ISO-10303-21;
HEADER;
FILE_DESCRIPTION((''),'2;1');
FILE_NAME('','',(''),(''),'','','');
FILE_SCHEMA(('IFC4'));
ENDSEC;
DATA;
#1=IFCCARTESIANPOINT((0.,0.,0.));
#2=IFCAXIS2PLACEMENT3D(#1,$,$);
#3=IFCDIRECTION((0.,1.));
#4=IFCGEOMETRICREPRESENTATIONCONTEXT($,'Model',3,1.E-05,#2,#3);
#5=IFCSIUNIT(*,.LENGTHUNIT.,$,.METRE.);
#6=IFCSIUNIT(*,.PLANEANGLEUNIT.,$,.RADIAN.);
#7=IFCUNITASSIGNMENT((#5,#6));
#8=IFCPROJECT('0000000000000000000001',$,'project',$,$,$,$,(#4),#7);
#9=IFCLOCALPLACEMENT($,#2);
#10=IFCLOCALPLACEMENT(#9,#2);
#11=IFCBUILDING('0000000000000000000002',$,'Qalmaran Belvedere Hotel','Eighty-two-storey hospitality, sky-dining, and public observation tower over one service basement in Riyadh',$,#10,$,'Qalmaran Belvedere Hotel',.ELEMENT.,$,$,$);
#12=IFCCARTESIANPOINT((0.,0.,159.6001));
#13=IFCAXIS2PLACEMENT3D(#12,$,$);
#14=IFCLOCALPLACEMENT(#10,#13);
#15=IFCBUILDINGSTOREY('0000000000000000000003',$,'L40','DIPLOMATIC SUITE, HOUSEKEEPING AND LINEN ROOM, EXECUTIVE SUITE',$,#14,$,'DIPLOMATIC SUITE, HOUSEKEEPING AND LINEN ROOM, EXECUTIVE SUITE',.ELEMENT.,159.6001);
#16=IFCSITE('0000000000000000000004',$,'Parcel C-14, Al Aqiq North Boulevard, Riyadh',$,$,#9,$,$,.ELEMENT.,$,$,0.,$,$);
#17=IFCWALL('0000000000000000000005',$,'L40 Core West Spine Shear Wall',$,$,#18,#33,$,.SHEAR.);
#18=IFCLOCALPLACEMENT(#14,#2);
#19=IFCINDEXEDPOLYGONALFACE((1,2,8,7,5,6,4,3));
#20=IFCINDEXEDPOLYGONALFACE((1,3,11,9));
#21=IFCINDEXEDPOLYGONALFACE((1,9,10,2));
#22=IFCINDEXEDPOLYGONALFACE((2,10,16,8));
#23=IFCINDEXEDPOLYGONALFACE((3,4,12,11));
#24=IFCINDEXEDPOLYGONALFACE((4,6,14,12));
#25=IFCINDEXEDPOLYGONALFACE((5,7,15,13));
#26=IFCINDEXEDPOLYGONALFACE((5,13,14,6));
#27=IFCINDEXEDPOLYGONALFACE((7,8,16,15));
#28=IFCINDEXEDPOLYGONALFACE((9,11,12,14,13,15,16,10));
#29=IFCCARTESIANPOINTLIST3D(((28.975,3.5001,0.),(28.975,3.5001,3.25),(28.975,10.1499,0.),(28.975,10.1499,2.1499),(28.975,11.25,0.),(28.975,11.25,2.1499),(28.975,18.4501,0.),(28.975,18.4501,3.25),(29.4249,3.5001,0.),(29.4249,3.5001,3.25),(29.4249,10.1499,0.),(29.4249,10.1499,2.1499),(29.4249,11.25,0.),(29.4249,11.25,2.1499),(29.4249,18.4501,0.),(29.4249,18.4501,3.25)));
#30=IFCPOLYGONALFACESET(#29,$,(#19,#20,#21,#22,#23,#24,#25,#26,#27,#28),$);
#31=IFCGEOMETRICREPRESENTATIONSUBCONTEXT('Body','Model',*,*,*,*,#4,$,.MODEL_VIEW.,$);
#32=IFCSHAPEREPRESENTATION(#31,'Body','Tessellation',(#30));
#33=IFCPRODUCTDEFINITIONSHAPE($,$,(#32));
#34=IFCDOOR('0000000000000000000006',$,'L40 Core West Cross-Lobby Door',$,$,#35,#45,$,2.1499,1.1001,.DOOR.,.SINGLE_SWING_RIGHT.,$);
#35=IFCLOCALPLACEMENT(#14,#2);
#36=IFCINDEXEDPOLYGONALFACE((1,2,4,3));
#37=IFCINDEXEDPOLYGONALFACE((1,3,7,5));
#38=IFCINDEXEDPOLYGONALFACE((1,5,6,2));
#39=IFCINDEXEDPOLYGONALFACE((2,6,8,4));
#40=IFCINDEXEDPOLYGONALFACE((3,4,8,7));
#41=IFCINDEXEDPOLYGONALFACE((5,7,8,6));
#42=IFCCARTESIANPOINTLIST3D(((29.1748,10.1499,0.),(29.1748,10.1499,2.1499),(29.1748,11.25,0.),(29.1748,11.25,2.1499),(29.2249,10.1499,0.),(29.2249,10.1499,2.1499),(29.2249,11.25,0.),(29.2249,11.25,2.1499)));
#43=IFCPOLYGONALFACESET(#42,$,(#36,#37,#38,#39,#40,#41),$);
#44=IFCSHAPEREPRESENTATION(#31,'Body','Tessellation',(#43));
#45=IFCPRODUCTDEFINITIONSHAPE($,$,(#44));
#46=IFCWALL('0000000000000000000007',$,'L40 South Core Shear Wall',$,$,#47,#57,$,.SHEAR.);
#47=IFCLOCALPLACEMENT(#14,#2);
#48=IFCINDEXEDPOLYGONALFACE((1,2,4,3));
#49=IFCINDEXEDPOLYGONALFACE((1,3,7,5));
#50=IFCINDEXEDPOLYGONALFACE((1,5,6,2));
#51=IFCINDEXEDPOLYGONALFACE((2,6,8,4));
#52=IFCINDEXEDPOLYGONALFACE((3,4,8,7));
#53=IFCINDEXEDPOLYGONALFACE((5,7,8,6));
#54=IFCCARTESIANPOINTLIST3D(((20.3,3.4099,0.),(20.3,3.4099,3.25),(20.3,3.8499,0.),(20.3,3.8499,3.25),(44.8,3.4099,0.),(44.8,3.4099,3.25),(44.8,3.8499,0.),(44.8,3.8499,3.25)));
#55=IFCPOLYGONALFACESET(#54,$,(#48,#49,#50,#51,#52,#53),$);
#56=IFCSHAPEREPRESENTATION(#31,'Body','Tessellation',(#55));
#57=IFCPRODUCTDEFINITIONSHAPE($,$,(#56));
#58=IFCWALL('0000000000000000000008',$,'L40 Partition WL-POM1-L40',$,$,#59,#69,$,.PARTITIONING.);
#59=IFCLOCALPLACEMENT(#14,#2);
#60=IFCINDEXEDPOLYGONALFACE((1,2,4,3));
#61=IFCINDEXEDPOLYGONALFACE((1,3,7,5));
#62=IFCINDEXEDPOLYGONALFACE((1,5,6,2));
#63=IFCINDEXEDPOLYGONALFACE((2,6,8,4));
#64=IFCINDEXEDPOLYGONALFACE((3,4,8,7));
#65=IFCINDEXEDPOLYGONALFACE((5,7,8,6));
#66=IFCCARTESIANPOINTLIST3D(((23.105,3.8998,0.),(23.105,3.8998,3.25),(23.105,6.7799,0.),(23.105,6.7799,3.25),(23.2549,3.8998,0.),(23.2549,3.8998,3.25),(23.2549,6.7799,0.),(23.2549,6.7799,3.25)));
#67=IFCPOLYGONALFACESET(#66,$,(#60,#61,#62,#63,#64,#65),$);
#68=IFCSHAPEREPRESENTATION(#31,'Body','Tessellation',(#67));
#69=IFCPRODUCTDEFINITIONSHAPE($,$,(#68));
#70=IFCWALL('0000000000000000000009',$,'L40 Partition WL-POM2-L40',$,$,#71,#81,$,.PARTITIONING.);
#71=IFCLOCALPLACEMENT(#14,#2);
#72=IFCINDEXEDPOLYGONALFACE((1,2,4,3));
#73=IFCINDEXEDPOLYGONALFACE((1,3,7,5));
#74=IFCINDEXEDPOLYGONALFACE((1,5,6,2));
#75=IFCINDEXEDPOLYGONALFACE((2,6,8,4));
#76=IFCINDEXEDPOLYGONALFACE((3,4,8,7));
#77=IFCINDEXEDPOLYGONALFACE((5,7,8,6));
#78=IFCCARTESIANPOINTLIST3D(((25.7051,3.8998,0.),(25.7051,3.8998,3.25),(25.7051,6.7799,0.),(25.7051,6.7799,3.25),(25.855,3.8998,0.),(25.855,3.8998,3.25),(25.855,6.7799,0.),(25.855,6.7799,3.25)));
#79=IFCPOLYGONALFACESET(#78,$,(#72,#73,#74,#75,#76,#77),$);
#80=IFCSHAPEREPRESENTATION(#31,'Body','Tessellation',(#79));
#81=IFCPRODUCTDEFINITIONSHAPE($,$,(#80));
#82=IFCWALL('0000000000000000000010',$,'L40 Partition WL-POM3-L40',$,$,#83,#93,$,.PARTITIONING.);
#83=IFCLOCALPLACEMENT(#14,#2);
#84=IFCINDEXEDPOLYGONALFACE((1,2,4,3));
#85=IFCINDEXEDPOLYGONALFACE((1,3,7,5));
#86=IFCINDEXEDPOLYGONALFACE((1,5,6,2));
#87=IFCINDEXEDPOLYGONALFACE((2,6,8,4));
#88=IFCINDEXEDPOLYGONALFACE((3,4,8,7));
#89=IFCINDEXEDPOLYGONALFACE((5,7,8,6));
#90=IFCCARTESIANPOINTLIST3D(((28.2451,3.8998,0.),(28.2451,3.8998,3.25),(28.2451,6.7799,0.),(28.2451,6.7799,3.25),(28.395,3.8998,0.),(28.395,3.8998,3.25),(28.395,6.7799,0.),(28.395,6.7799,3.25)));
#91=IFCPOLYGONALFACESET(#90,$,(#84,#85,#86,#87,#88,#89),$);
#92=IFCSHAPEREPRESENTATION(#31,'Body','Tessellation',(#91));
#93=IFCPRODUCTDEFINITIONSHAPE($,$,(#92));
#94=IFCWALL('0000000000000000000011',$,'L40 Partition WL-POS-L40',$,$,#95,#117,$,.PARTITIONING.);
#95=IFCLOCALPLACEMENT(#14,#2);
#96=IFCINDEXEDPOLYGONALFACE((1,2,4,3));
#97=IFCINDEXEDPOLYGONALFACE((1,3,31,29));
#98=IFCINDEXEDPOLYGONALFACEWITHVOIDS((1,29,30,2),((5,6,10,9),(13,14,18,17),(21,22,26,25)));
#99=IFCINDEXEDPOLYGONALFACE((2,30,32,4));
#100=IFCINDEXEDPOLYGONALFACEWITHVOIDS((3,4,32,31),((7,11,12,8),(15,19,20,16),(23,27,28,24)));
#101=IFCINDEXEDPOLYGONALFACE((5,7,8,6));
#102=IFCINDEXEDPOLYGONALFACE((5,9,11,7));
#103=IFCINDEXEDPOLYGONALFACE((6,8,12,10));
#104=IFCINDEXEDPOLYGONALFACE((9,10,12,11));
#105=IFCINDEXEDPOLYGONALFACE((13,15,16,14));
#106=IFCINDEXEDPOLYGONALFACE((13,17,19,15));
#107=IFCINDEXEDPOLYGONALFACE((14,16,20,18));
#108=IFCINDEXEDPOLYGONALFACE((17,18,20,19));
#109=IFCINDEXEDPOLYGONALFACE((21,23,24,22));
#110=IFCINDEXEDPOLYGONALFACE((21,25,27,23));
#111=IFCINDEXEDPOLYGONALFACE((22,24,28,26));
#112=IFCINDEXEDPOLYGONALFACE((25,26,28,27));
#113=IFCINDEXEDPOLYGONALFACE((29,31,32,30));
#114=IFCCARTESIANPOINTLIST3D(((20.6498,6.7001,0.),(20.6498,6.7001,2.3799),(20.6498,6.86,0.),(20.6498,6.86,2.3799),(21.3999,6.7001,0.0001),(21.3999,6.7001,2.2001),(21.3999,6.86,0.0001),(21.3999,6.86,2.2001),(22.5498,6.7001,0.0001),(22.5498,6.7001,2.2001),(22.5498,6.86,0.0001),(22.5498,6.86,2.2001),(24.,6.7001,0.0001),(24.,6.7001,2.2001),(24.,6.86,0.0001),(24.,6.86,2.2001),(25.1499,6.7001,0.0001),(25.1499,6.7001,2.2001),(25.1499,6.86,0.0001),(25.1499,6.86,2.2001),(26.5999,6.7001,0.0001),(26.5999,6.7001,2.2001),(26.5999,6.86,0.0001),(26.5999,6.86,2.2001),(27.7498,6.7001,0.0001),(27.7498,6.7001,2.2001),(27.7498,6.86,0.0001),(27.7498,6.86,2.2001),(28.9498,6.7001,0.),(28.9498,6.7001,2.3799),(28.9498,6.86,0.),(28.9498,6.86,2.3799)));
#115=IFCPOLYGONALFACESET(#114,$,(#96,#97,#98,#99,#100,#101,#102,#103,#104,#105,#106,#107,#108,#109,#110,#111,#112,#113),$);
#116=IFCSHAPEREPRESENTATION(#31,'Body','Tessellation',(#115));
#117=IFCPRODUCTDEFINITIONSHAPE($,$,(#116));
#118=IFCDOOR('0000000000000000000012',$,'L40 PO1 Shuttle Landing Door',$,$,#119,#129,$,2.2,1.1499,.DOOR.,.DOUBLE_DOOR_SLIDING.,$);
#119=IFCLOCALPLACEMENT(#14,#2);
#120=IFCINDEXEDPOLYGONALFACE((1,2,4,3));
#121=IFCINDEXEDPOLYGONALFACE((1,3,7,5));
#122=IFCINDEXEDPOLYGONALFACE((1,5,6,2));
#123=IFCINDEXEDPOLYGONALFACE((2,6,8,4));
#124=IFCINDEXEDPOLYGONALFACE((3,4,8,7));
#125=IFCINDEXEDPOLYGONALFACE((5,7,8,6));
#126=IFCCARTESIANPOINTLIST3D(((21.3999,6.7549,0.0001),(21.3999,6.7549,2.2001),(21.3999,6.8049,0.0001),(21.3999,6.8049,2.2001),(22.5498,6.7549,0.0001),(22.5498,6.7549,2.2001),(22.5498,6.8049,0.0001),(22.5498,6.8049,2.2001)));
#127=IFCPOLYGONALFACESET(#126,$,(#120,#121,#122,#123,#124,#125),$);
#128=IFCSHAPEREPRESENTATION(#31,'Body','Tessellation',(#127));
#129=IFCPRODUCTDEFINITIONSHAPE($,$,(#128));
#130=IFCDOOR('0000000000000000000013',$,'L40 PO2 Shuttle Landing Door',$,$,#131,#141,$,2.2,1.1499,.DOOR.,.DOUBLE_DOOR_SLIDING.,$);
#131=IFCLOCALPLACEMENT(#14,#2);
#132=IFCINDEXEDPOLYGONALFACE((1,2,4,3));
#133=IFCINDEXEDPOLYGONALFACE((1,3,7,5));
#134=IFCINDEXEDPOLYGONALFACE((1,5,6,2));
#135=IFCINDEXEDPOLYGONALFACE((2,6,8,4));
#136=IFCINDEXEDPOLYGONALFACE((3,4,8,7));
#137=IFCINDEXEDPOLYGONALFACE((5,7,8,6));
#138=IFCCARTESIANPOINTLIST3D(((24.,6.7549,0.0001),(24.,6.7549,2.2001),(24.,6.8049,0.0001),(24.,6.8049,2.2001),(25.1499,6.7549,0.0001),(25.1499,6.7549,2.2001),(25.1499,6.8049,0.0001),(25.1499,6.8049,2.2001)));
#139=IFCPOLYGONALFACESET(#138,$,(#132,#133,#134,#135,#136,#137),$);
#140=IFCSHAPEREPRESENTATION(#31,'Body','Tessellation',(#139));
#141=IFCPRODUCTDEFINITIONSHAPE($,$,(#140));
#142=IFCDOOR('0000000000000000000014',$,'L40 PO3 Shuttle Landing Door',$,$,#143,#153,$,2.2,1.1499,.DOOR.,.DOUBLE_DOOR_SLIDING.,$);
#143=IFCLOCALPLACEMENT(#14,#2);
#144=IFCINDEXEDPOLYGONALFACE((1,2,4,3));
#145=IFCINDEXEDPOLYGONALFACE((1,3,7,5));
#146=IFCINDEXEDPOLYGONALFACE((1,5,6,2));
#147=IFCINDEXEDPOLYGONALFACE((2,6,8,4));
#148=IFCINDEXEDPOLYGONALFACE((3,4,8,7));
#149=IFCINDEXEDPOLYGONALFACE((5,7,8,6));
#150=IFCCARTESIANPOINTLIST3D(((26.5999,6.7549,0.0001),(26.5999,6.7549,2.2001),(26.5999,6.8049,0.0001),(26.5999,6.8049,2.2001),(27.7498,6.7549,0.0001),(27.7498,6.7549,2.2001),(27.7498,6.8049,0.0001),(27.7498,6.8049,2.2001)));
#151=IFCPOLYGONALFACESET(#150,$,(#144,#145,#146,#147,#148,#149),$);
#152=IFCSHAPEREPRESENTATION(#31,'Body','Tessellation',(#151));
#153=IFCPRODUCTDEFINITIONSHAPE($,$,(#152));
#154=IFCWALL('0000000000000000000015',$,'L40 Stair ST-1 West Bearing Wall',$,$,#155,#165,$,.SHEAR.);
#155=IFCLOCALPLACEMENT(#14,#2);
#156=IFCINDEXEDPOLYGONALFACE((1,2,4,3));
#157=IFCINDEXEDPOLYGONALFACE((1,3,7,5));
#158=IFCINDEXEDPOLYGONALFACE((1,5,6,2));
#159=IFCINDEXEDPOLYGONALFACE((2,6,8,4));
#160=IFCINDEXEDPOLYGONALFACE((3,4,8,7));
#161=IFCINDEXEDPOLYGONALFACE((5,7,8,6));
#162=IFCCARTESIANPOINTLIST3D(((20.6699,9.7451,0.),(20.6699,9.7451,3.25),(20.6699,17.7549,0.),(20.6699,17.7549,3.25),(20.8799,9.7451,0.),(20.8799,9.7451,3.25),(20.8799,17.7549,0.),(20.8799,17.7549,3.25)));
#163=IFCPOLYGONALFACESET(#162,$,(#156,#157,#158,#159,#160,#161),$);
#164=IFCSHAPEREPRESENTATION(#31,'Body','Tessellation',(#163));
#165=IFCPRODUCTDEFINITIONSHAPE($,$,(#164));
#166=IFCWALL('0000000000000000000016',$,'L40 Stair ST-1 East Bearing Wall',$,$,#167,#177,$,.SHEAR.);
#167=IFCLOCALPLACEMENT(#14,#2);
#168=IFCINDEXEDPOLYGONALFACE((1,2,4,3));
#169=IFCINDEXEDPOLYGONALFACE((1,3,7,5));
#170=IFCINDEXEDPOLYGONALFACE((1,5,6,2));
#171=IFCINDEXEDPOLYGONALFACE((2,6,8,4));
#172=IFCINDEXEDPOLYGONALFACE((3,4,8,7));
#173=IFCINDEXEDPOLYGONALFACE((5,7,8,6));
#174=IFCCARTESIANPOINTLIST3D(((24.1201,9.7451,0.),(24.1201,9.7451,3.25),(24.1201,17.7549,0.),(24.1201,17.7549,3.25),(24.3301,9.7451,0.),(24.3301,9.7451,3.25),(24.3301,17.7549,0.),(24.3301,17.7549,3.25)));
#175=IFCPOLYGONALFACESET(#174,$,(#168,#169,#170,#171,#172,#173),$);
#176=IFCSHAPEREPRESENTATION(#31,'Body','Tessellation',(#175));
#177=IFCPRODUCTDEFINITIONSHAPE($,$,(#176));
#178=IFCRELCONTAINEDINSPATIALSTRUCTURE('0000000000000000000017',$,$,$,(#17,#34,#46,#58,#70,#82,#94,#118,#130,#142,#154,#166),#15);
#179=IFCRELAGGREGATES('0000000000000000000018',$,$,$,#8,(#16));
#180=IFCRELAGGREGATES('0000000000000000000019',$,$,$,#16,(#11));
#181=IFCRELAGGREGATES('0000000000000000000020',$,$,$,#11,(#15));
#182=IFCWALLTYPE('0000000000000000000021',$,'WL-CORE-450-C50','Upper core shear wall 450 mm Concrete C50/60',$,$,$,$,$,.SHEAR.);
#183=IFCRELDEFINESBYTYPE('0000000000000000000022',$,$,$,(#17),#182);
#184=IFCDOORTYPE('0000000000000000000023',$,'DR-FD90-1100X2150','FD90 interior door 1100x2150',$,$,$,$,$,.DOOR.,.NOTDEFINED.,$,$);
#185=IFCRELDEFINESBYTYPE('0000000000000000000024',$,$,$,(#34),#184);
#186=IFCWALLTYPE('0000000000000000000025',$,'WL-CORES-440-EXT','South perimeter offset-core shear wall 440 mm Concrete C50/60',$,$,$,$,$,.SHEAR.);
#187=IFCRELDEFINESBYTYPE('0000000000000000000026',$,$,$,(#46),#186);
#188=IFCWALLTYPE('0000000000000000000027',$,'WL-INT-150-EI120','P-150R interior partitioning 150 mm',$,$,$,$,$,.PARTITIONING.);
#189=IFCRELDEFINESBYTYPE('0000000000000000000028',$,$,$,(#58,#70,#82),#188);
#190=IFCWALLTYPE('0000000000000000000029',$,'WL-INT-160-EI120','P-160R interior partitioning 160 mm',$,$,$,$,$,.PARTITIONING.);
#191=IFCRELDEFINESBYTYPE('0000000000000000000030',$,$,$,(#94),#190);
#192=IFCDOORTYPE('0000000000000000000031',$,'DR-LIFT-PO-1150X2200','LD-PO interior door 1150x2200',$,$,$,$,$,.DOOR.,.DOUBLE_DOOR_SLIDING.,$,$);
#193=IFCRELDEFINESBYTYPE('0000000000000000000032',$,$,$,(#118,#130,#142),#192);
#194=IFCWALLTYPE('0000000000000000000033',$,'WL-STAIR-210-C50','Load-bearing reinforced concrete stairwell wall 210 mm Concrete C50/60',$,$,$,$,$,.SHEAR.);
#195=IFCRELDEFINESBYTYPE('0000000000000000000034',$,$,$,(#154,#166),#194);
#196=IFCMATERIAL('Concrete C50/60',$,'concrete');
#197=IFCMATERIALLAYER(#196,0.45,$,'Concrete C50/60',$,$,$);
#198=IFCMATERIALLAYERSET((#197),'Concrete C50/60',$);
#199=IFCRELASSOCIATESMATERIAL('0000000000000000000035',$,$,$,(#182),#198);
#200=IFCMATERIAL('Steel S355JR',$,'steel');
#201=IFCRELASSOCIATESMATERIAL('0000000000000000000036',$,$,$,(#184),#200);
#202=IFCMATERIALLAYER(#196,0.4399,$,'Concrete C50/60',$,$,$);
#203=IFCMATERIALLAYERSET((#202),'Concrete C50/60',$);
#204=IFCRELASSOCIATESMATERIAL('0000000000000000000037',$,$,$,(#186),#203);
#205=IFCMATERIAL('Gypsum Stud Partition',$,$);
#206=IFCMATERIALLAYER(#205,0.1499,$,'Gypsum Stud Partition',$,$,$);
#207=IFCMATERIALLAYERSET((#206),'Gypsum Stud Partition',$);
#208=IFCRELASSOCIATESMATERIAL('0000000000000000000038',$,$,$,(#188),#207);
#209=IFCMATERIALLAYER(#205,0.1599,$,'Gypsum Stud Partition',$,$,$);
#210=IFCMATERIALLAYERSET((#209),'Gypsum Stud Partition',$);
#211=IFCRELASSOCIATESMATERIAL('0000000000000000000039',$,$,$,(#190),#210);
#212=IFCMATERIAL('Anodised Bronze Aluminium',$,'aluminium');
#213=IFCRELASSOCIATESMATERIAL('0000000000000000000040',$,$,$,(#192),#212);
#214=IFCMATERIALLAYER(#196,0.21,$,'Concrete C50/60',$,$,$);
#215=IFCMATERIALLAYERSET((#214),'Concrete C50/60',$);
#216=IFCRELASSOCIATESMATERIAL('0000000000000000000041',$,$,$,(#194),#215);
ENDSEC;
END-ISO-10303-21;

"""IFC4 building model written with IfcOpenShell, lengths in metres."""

from ifc_helpers import new_model, si_unit, direction, frame, frame_2d, origin, place, context, subcontext, project, spatial, rectangle, extrude, material, layer, layer_set, type_object, element, fill, save


model = new_model("IFC4")

# Units and contexts
model_context = context("Model", 3, precision=1e-05, world=origin(), true_north=direction((0.0, 1.0)))
body_context = subcontext(model_context, "Body", "Model", "MODEL_VIEW")
ifc_project = project(units=[si_unit("LENGTHUNIT", "METRE"), si_unit("PLANEANGLEUNIT", "RADIAN")], contexts=[model_context])

# Site, building, storey
site_placement = place(None, origin())
site = spatial("IfcSite", under=ifc_project, at=site_placement, Name="Parcel C-14, Al Aqiq North Boulevard, Riyadh", CompositionType="ELEMENT", RefElevation=0.0)
building_placement = place(site_placement, origin())
building = spatial("IfcBuilding", under=site, at=building_placement, Name="Qalmaran Belvedere Hotel", Description="Eighty-two-storey hospitality, sky-dining, and public observation tower over one service basement in Riyadh", LongName="Qalmaran Belvedere Hotel", CompositionType="ELEMENT")
storey_placement = place(building_placement, frame((0.0, 0.0, 159.6001)))
storey = spatial("IfcBuildingStorey", under=building, at=storey_placement, Name="L40", Description="DIPLOMATIC SUITE, HOUSEKEEPING AND LINEN ROOM, EXECUTIVE SUITE", LongName="DIPLOMATIC SUITE, HOUSEKEEPING AND LINEN ROOM, EXECUTIVE SUITE", CompositionType="ELEMENT", Elevation=159.6001)

# Shared definitions
ifc_material_1 = material(Name="Concrete C50/60", Category="concrete")

# Shared definitions
ifc_material_2 = material(Name="Steel S355JR", Category="steel")

# Shared definitions
ifc_material_3 = material(Name="Anodised Bronze Aluminium", Category="aluminium")

# Shared definitions
ifc_layer_1 = layer(ifc_material_1, 0.45, Name="Concrete C50/60")
ifc_layer_set_1 = layer_set([ifc_layer_1], Name="Concrete C50/60")
wall_type_1 = type_object("IfcWallType", Name="WL-CORE-450-C50", Description="Upper core shear wall 450 mm Concrete C50/60", PredefinedType="SHEAR", material=ifc_layer_set_1)

# Wall, opening, door
wall_1_placement = place(storey_placement, frame((29.2, 3.5, 0.0), z_axis=(0.0, 0.0, 1.0), x_axis=(0.0, 1.0, 0.0)))
wall_1 = element("IfcWall", 1, at=wall_1_placement, inside=storey, type_object=wall_type_1, Name="L40 Core West Spine Shear Wall", PredefinedType="SHEAR", context=body_context, shape_type="SweptSolid", body=[
    extrude(rectangle(XDim=14.95, YDim=0.45, at=frame_2d((7.4751, 0.0))), origin(), (0.0, 0.0, 1.0), 3.25),
])
opening_1_placement = place(wall_1_placement, frame((7.75, 0.0, 0.0), z_axis=(0.0, 0.0, 1.0), x_axis=(-1.0, 0.0, 0.0)))
opening_1 = element("IfcOpeningElement", 2, at=opening_1_placement, cuts=wall_1, PredefinedType="OPENING", context=body_context, shape_type="SweptSolid", body=[
    extrude(rectangle(XDim=1.1001, YDim=2.1499, at=frame_2d((0.55, 1.075))), frame((0.0, 0.2349, 0.0), z_axis=(0.0, -1.0, 0.0), x_axis=(1.0, 0.0, 0.0)), (0.0, 0.0, 1.0), 0.47),
])
door_type_1 = type_object("IfcDoorType", Name="DR-FD90-1100X2150", Description="FD90 interior door 1100x2150", OperationType="NOTDEFINED", PredefinedType="DOOR", material=ifc_material_2)
door_1_placement = place(opening_1_placement, origin())
door_1 = element("IfcDoor", 3, at=door_1_placement, inside=storey, type_object=door_type_1, Name="L40 Core West Cross-Lobby Door", OperationType="SINGLE_SWING_RIGHT", OverallHeight=2.1499, OverallWidth=1.1001, PredefinedType="DOOR", context=body_context, shape_type="SweptSolid", body=[
    extrude(rectangle(XDim=1.1001, YDim=2.1499, at=frame_2d((0.55, 1.075))), frame((0.0, 0.0249, 0.0), z_axis=(0.0, -1.0, 0.0), x_axis=(1.0, 0.0, 0.0)), (0.0, 0.0, 1.0), 0.05),
])
fill(opening_1, door_1)

# Walls
ifc_layer_2 = layer(ifc_material_1, 0.4399, Name="Concrete C50/60")
ifc_layer_set_2 = layer_set([ifc_layer_2], Name="Concrete C50/60")
wall_type_2 = type_object("IfcWallType", Name="WL-CORES-440-EXT", Description="South perimeter offset-core shear wall 440 mm Concrete C50/60", PredefinedType="SHEAR", material=ifc_layer_set_2)
wall_2_placement = place(storey_placement, frame((20.3, 3.6299, 0.0), z_axis=(0.0, 0.0, 1.0), x_axis=(1.0, 0.0, 0.0)))
element("IfcWall", 4, at=wall_2_placement, inside=storey, type_object=wall_type_2, Name="L40 South Core Shear Wall", PredefinedType="SHEAR", context=body_context, shape_type="SweptSolid", body=[
    extrude(rectangle(XDim=24.5, YDim=0.4399, at=frame_2d((12.25, 0.0))), origin(), (0.0, 0.0, 1.0), 3.25),
])
ifc_material_4 = material(Name="Gypsum Stud Partition")
ifc_layer_3 = layer(ifc_material_4, 0.1499, Name="Gypsum Stud Partition")
ifc_layer_set_3 = layer_set([ifc_layer_3], Name="Gypsum Stud Partition")
wall_type_3 = type_object("IfcWallType", Name="WL-INT-150-EI120", Description="P-150R interior partitioning 150 mm", PredefinedType="PARTITIONING", material=ifc_layer_set_3)
for number, where, z_axis, x_axis, name in (
    (5, (23.1799, 3.8999, 0.0), (0.0, 0.0, 1.0), (0.0, 1.0, 0.0), "L40 Partition WL-POM1-L40"),
    (6, (25.78, 3.8999, 0.0), (0.0, 0.0, 1.0), (0.0, 1.0, 0.0), "L40 Partition WL-POM2-L40"),
    (7, (28.3201, 3.8999, 0.0), (0.0, 0.0, 1.0), (0.0, 1.0, 0.0), "L40 Partition WL-POM3-L40"),
):
    element("IfcWall", number, at=place(storey_placement, frame(where, z_axis=z_axis, x_axis=x_axis)), inside=storey, type_object=wall_type_3, Name=name, PredefinedType="PARTITIONING", context=body_context, shape_type="SweptSolid", body=[
        extrude(rectangle(XDim=2.8801, YDim=0.1499, at=frame_2d((1.4399, 0.0))), origin(), (0.0, 0.0, 1.0), 3.25),
    ])

# Wall, openings, doors
ifc_layer_4 = layer(ifc_material_4, 0.1599, Name="Gypsum Stud Partition")
ifc_layer_set_4 = layer_set([ifc_layer_4], Name="Gypsum Stud Partition")
wall_type_4 = type_object("IfcWallType", Name="WL-INT-160-EI120", Description="P-160R interior partitioning 160 mm", PredefinedType="PARTITIONING", material=ifc_layer_set_4)
wall_3_placement = place(storey_placement, frame((20.6499, 6.78, 0.0), z_axis=(0.0, 0.0, 1.0), x_axis=(1.0, 0.0, 0.0)))
wall_3 = element("IfcWall", 8, at=wall_3_placement, inside=storey, type_object=wall_type_4, Name="L40 Partition WL-POS-L40", PredefinedType="PARTITIONING", context=body_context, shape_type="SweptSolid", body=[
    extrude(rectangle(XDim=8.3, YDim=0.1599, at=frame_2d((4.1499, 0.0))), origin(), (0.0, 0.0, 1.0), 2.3799),
])
opening_2_placement = place(wall_3_placement, frame((0.75, 0.0, 0.0)))
opening_2 = element("IfcOpeningElement", 9, at=opening_2_placement, cuts=wall_3, PredefinedType="OPENING", context=body_context, shape_type="SweptSolid", body=[
    extrude(rectangle(XDim=1.1499, YDim=2.2, at=frame_2d((0.575, 1.1001))), frame((0.0, 0.0898, 0.0), z_axis=(0.0, -1.0, 0.0), x_axis=(1.0, 0.0, 0.0)), (0.0, 0.0, 1.0), 0.1799),
])
opening_3_placement = place(wall_3_placement, frame((3.3501, 0.0, 0.0)))
opening_3 = element("IfcOpeningElement", 10, at=opening_3_placement, cuts=wall_3, PredefinedType="OPENING", context=body_context, shape_type="SweptSolid", body=[
    extrude(rectangle(XDim=1.1499, YDim=2.2, at=frame_2d((0.575, 1.1001))), frame((0.0, 0.0898, 0.0), z_axis=(0.0, -1.0, 0.0), x_axis=(1.0, 0.0, 0.0)), (0.0, 0.0, 1.0), 0.1799),
])
opening_4_placement = place(wall_3_placement, frame((5.95, 0.0, 0.0)))
opening_4 = element("IfcOpeningElement", 11, at=opening_4_placement, cuts=wall_3, PredefinedType="OPENING", context=body_context, shape_type="SweptSolid", body=[
    extrude(rectangle(XDim=1.1499, YDim=2.2, at=frame_2d((0.575, 1.1001))), frame((0.0, 0.0898, 0.0), z_axis=(0.0, -1.0, 0.0), x_axis=(1.0, 0.0, 0.0)), (0.0, 0.0, 1.0), 0.1799),
])
door_type_2 = type_object("IfcDoorType", Name="DR-LIFT-PO-1150X2200", Description="LD-PO interior door 1150x2200", OperationType="DOUBLE_DOOR_SLIDING", PredefinedType="DOOR", material=ifc_material_3)
door_2_placement = place(opening_2_placement, origin())
door_2 = element("IfcDoor", 12, at=door_2_placement, inside=storey, type_object=door_type_2, Name="L40 PO1 Shuttle Landing Door", OperationType="DOUBLE_DOOR_SLIDING", OverallHeight=2.2, OverallWidth=1.1499, PredefinedType="DOOR", context=body_context, shape_type="SweptSolid", body=[
    extrude(rectangle(XDim=1.1499, YDim=2.2, at=frame_2d((0.575, 1.1001))), frame((0.0, 0.0249, 0.0), z_axis=(0.0, -1.0, 0.0), x_axis=(1.0, 0.0, 0.0)), (0.0, 0.0, 1.0), 0.05),
])
fill(opening_2, door_2)
door_3_placement = place(opening_3_placement, origin())
door_3 = element("IfcDoor", 13, at=door_3_placement, inside=storey, type_object=door_type_2, Name="L40 PO2 Shuttle Landing Door", OperationType="DOUBLE_DOOR_SLIDING", OverallHeight=2.2, OverallWidth=1.1499, PredefinedType="DOOR", context=body_context, shape_type="SweptSolid", body=[
    extrude(rectangle(XDim=1.1499, YDim=2.2, at=frame_2d((0.575, 1.1001))), frame((0.0, 0.0249, 0.0), z_axis=(0.0, -1.0, 0.0), x_axis=(1.0, 0.0, 0.0)), (0.0, 0.0, 1.0), 0.05),
])
fill(opening_3, door_3)
door_4_placement = place(opening_4_placement, origin())
door_4 = element("IfcDoor", 14, at=door_4_placement, inside=storey, type_object=door_type_2, Name="L40 PO3 Shuttle Landing Door", OperationType="DOUBLE_DOOR_SLIDING", OverallHeight=2.2, OverallWidth=1.1499, PredefinedType="DOOR", context=body_context, shape_type="SweptSolid", body=[
    extrude(rectangle(XDim=1.1499, YDim=2.2, at=frame_2d((0.575, 1.1001))), frame((0.0, 0.0249, 0.0), z_axis=(0.0, -1.0, 0.0), x_axis=(1.0, 0.0, 0.0)), (0.0, 0.0, 1.0), 0.05),
])
fill(opening_4, door_4)

# Walls
ifc_layer_5 = layer(ifc_material_1, 0.21, Name="Concrete C50/60")
ifc_layer_set_5 = layer_set([ifc_layer_5], Name="Concrete C50/60")
wall_type_5 = type_object("IfcWallType", Name="WL-STAIR-210-C50", Description="Load-bearing reinforced concrete stairwell wall 210 mm Concrete C50/60", PredefinedType="SHEAR", material=ifc_layer_set_5)
for number, where, z_axis, x_axis, name in (
    (15, (20.7749, 9.7451, 0.0), (0.0, 0.0, 1.0), (0.0, 1.0, 0.0), "L40 Stair ST-1 West Bearing Wall"),
    (16, (24.2251, 9.7451, 0.0), (0.0, 0.0, 1.0), (0.0, 1.0, 0.0), "L40 Stair ST-1 East Bearing Wall"),
):
    element("IfcWall", number, at=place(storey_placement, frame(where, z_axis=z_axis, x_axis=x_axis)), inside=storey, type_object=wall_type_5, Name=name, PredefinedType="SHEAR", context=body_context, shape_type="SweptSolid", body=[
        extrude(rectangle(XDim=8.0098, YDim=0.21, at=frame_2d((4.0049, 0.0))), origin(), (0.0, 0.0, 1.0), 3.25),
    ])

save(model, "model.ifc")
